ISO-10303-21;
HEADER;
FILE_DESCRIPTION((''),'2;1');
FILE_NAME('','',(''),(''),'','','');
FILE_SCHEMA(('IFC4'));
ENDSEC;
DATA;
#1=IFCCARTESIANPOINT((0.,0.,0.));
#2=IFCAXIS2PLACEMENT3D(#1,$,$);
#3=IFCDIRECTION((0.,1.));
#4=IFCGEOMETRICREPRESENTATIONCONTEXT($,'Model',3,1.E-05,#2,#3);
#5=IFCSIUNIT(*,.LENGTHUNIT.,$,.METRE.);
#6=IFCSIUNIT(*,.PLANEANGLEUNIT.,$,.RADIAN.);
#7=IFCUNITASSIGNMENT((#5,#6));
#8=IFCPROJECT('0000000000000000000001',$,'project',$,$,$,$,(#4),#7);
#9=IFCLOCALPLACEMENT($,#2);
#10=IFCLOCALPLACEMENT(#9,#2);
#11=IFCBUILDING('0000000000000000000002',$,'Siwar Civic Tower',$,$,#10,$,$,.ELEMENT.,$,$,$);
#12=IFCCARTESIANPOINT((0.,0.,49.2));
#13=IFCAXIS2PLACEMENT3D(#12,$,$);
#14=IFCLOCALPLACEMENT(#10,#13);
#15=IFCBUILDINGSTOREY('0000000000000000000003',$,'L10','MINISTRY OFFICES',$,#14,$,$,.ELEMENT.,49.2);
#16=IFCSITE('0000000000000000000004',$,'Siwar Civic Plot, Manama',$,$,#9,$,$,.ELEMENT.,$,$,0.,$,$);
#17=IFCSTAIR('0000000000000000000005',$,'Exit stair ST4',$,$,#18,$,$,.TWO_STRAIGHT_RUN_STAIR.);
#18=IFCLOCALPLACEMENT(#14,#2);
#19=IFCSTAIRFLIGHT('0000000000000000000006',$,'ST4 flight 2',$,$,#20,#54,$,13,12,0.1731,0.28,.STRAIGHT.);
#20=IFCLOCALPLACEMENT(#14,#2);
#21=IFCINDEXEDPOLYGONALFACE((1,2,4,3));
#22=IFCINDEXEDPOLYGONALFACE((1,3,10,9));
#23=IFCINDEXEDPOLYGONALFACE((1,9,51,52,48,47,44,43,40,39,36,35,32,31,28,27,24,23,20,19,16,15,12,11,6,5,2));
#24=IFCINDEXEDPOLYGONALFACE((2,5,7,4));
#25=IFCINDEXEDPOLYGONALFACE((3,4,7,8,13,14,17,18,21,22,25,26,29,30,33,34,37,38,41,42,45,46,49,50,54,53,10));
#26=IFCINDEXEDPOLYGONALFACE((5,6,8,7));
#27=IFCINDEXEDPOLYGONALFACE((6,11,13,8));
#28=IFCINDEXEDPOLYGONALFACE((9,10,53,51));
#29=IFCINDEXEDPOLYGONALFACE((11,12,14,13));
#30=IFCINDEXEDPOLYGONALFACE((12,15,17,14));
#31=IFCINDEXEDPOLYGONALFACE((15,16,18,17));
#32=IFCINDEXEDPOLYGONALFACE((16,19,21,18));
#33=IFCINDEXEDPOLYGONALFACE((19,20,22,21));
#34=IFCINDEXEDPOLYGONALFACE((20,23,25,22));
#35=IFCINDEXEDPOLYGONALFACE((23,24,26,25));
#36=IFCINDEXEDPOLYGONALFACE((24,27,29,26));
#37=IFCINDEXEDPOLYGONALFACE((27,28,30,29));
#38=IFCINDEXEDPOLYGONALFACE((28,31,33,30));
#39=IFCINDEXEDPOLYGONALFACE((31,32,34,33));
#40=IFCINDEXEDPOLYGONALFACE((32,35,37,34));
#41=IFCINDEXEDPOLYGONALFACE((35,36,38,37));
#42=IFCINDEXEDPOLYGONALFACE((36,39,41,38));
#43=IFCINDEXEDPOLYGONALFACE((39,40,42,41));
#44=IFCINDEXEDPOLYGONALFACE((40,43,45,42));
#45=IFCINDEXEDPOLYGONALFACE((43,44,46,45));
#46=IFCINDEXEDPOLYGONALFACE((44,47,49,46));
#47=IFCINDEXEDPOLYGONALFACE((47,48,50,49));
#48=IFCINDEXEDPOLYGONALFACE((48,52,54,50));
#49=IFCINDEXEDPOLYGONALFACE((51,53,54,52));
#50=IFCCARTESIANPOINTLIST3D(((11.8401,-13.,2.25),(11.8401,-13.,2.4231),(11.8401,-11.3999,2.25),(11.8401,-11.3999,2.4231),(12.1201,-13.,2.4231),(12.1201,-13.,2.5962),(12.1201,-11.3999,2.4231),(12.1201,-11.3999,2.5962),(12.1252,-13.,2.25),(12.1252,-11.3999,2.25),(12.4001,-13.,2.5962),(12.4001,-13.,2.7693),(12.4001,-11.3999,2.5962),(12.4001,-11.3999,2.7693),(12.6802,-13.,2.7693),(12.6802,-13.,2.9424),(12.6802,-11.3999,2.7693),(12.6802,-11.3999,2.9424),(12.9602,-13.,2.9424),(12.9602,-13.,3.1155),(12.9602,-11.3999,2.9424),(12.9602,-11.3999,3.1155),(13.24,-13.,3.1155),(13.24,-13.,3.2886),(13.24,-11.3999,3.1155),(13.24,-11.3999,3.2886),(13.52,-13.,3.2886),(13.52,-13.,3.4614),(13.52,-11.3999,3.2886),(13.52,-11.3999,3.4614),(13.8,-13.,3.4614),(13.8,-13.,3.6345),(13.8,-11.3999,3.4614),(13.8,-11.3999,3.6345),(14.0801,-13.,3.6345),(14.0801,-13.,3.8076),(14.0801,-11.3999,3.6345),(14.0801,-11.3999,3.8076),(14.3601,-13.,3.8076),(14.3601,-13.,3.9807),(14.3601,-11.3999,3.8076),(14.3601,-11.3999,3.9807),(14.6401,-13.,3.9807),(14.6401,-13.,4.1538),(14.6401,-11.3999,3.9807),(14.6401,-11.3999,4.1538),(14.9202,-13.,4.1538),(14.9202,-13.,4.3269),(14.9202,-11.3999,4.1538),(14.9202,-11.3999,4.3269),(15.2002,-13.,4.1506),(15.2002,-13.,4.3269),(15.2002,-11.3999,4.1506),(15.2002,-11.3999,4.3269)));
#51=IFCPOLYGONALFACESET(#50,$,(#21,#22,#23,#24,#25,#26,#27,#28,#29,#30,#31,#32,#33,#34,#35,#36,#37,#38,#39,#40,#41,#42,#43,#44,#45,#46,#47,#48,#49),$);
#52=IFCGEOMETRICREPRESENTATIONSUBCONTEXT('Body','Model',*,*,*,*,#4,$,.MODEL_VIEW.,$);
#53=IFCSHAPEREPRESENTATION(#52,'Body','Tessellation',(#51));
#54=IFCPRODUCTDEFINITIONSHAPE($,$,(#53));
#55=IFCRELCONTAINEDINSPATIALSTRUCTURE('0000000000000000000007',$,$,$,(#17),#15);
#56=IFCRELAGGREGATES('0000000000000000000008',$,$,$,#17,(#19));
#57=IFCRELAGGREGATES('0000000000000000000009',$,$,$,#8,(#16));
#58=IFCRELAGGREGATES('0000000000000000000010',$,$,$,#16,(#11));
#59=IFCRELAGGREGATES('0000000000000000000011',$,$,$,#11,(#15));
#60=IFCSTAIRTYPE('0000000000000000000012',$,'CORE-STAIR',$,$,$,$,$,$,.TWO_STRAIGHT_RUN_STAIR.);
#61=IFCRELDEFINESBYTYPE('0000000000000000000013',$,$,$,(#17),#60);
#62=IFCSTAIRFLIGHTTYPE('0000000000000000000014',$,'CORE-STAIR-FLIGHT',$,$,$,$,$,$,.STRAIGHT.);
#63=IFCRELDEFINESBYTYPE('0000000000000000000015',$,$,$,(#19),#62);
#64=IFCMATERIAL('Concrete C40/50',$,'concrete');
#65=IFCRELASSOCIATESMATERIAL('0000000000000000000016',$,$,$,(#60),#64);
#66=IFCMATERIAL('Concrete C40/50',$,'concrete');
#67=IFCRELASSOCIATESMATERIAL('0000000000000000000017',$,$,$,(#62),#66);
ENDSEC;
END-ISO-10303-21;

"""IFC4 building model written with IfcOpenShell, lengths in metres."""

from ifc_helpers import new_model, si_unit, direction, frame, origin, place, context, subcontext, project, spatial, polyline, outline, extrude, material, type_object, element, aggregate, save


model = new_model("IFC4")

# Units and contexts
model_context = context("Model", 3, precision=1e-05, world=origin(), true_north=direction((0.0, 1.0)))
body_context = subcontext(model_context, "Body", "Model", "MODEL_VIEW")
ifc_project = project(units=[si_unit("LENGTHUNIT", "METRE"), si_unit("PLANEANGLEUNIT", "RADIAN")], contexts=[model_context])

# Site, building, storey
site_placement = place(None, origin())
site = spatial("IfcSite", under=ifc_project, at=site_placement, Name="Siwar Civic Plot, Manama", CompositionType="ELEMENT", RefElevation=0.0)
building_placement = place(site_placement, origin())
building = spatial("IfcBuilding", under=site, at=building_placement, Name="Siwar Civic Tower", CompositionType="ELEMENT")
storey_placement = place(building_placement, frame((0.0, 0.0, 49.2)))
storey = spatial("IfcBuildingStorey", under=building, at=storey_placement, Name="L10", Description="MINISTRY OFFICES", CompositionType="ELEMENT", Elevation=49.2)

# Stair, stair flight
ifc_material_1 = material(Name="Concrete C40/50", Category="concrete")
stair_type = type_object("IfcStairType", Name="CORE-STAIR", PredefinedType="TWO_STRAIGHT_RUN_STAIR", material=ifc_material_1)
stair_placement = place(storey_placement, origin())
stair = element("IfcStair", 1, at=stair_placement, inside=storey, type_object=stair_type, Name="Exit stair ST4", PredefinedType="TWO_STRAIGHT_RUN_STAIR")
ifc_material_2 = material(Name="Concrete C40/50", Category="concrete")
stair_flight_type = type_object("IfcStairFlightType", Name="CORE-STAIR-FLIGHT", PredefinedType="STRAIGHT", material=ifc_material_2)
stair_flight_placement = place(storey_placement, frame((11.8401, -12.2, 2.25), z_axis=(0.0, 0.0, 1.0), x_axis=(1.0, 0.0, 0.0)))
stair_flight = element("IfcStairFlight", 2, at=stair_flight_placement, type_object=stair_flight_type, Name="ST4 flight 2", NumberOfRisers=13, NumberOfTreads=12, PredefinedType="STRAIGHT", RiserHeight=0.1731, TreadLength=0.28, context=body_context, shape_type="SweptSolid", body=[
    extrude(outline(polyline([(0.0, 0.0), (0.0, 0.1731), (0.28, 0.1731), (0.28, 0.3462), (0.5601, 0.3462), (0.5601, 0.5193), (0.8401, 0.5193), (0.8401, 0.6924), (1.1201, 0.6924), (1.1201, 0.8655), (1.3999, 0.8655), (1.3999, 1.0386), (1.6799, 1.0386), (1.6799, 1.2114), (1.96, 1.2114), (1.96, 1.3845), (2.24, 1.3845), (2.24, 1.5576), (2.52, 1.5576), (2.52, 1.7307), (2.8, 1.7307), (2.8, 1.9038), (3.0801, 1.9038), (3.0801, 2.0769), (3.3601, 2.0769), (3.3601, 2.25), (3.3601, 1.9006), (0.2852, 0.0), (0.0, 0.0)])), frame((0.0, 0.8, 0.0), z_axis=(0.0, -1.0, 0.0), x_axis=(1.0, 0.0, 0.0)), (0.0, 0.0, 1.0), 1.6001),
])
aggregate(stair, [stair_flight])

save(model, "model.ifc")
